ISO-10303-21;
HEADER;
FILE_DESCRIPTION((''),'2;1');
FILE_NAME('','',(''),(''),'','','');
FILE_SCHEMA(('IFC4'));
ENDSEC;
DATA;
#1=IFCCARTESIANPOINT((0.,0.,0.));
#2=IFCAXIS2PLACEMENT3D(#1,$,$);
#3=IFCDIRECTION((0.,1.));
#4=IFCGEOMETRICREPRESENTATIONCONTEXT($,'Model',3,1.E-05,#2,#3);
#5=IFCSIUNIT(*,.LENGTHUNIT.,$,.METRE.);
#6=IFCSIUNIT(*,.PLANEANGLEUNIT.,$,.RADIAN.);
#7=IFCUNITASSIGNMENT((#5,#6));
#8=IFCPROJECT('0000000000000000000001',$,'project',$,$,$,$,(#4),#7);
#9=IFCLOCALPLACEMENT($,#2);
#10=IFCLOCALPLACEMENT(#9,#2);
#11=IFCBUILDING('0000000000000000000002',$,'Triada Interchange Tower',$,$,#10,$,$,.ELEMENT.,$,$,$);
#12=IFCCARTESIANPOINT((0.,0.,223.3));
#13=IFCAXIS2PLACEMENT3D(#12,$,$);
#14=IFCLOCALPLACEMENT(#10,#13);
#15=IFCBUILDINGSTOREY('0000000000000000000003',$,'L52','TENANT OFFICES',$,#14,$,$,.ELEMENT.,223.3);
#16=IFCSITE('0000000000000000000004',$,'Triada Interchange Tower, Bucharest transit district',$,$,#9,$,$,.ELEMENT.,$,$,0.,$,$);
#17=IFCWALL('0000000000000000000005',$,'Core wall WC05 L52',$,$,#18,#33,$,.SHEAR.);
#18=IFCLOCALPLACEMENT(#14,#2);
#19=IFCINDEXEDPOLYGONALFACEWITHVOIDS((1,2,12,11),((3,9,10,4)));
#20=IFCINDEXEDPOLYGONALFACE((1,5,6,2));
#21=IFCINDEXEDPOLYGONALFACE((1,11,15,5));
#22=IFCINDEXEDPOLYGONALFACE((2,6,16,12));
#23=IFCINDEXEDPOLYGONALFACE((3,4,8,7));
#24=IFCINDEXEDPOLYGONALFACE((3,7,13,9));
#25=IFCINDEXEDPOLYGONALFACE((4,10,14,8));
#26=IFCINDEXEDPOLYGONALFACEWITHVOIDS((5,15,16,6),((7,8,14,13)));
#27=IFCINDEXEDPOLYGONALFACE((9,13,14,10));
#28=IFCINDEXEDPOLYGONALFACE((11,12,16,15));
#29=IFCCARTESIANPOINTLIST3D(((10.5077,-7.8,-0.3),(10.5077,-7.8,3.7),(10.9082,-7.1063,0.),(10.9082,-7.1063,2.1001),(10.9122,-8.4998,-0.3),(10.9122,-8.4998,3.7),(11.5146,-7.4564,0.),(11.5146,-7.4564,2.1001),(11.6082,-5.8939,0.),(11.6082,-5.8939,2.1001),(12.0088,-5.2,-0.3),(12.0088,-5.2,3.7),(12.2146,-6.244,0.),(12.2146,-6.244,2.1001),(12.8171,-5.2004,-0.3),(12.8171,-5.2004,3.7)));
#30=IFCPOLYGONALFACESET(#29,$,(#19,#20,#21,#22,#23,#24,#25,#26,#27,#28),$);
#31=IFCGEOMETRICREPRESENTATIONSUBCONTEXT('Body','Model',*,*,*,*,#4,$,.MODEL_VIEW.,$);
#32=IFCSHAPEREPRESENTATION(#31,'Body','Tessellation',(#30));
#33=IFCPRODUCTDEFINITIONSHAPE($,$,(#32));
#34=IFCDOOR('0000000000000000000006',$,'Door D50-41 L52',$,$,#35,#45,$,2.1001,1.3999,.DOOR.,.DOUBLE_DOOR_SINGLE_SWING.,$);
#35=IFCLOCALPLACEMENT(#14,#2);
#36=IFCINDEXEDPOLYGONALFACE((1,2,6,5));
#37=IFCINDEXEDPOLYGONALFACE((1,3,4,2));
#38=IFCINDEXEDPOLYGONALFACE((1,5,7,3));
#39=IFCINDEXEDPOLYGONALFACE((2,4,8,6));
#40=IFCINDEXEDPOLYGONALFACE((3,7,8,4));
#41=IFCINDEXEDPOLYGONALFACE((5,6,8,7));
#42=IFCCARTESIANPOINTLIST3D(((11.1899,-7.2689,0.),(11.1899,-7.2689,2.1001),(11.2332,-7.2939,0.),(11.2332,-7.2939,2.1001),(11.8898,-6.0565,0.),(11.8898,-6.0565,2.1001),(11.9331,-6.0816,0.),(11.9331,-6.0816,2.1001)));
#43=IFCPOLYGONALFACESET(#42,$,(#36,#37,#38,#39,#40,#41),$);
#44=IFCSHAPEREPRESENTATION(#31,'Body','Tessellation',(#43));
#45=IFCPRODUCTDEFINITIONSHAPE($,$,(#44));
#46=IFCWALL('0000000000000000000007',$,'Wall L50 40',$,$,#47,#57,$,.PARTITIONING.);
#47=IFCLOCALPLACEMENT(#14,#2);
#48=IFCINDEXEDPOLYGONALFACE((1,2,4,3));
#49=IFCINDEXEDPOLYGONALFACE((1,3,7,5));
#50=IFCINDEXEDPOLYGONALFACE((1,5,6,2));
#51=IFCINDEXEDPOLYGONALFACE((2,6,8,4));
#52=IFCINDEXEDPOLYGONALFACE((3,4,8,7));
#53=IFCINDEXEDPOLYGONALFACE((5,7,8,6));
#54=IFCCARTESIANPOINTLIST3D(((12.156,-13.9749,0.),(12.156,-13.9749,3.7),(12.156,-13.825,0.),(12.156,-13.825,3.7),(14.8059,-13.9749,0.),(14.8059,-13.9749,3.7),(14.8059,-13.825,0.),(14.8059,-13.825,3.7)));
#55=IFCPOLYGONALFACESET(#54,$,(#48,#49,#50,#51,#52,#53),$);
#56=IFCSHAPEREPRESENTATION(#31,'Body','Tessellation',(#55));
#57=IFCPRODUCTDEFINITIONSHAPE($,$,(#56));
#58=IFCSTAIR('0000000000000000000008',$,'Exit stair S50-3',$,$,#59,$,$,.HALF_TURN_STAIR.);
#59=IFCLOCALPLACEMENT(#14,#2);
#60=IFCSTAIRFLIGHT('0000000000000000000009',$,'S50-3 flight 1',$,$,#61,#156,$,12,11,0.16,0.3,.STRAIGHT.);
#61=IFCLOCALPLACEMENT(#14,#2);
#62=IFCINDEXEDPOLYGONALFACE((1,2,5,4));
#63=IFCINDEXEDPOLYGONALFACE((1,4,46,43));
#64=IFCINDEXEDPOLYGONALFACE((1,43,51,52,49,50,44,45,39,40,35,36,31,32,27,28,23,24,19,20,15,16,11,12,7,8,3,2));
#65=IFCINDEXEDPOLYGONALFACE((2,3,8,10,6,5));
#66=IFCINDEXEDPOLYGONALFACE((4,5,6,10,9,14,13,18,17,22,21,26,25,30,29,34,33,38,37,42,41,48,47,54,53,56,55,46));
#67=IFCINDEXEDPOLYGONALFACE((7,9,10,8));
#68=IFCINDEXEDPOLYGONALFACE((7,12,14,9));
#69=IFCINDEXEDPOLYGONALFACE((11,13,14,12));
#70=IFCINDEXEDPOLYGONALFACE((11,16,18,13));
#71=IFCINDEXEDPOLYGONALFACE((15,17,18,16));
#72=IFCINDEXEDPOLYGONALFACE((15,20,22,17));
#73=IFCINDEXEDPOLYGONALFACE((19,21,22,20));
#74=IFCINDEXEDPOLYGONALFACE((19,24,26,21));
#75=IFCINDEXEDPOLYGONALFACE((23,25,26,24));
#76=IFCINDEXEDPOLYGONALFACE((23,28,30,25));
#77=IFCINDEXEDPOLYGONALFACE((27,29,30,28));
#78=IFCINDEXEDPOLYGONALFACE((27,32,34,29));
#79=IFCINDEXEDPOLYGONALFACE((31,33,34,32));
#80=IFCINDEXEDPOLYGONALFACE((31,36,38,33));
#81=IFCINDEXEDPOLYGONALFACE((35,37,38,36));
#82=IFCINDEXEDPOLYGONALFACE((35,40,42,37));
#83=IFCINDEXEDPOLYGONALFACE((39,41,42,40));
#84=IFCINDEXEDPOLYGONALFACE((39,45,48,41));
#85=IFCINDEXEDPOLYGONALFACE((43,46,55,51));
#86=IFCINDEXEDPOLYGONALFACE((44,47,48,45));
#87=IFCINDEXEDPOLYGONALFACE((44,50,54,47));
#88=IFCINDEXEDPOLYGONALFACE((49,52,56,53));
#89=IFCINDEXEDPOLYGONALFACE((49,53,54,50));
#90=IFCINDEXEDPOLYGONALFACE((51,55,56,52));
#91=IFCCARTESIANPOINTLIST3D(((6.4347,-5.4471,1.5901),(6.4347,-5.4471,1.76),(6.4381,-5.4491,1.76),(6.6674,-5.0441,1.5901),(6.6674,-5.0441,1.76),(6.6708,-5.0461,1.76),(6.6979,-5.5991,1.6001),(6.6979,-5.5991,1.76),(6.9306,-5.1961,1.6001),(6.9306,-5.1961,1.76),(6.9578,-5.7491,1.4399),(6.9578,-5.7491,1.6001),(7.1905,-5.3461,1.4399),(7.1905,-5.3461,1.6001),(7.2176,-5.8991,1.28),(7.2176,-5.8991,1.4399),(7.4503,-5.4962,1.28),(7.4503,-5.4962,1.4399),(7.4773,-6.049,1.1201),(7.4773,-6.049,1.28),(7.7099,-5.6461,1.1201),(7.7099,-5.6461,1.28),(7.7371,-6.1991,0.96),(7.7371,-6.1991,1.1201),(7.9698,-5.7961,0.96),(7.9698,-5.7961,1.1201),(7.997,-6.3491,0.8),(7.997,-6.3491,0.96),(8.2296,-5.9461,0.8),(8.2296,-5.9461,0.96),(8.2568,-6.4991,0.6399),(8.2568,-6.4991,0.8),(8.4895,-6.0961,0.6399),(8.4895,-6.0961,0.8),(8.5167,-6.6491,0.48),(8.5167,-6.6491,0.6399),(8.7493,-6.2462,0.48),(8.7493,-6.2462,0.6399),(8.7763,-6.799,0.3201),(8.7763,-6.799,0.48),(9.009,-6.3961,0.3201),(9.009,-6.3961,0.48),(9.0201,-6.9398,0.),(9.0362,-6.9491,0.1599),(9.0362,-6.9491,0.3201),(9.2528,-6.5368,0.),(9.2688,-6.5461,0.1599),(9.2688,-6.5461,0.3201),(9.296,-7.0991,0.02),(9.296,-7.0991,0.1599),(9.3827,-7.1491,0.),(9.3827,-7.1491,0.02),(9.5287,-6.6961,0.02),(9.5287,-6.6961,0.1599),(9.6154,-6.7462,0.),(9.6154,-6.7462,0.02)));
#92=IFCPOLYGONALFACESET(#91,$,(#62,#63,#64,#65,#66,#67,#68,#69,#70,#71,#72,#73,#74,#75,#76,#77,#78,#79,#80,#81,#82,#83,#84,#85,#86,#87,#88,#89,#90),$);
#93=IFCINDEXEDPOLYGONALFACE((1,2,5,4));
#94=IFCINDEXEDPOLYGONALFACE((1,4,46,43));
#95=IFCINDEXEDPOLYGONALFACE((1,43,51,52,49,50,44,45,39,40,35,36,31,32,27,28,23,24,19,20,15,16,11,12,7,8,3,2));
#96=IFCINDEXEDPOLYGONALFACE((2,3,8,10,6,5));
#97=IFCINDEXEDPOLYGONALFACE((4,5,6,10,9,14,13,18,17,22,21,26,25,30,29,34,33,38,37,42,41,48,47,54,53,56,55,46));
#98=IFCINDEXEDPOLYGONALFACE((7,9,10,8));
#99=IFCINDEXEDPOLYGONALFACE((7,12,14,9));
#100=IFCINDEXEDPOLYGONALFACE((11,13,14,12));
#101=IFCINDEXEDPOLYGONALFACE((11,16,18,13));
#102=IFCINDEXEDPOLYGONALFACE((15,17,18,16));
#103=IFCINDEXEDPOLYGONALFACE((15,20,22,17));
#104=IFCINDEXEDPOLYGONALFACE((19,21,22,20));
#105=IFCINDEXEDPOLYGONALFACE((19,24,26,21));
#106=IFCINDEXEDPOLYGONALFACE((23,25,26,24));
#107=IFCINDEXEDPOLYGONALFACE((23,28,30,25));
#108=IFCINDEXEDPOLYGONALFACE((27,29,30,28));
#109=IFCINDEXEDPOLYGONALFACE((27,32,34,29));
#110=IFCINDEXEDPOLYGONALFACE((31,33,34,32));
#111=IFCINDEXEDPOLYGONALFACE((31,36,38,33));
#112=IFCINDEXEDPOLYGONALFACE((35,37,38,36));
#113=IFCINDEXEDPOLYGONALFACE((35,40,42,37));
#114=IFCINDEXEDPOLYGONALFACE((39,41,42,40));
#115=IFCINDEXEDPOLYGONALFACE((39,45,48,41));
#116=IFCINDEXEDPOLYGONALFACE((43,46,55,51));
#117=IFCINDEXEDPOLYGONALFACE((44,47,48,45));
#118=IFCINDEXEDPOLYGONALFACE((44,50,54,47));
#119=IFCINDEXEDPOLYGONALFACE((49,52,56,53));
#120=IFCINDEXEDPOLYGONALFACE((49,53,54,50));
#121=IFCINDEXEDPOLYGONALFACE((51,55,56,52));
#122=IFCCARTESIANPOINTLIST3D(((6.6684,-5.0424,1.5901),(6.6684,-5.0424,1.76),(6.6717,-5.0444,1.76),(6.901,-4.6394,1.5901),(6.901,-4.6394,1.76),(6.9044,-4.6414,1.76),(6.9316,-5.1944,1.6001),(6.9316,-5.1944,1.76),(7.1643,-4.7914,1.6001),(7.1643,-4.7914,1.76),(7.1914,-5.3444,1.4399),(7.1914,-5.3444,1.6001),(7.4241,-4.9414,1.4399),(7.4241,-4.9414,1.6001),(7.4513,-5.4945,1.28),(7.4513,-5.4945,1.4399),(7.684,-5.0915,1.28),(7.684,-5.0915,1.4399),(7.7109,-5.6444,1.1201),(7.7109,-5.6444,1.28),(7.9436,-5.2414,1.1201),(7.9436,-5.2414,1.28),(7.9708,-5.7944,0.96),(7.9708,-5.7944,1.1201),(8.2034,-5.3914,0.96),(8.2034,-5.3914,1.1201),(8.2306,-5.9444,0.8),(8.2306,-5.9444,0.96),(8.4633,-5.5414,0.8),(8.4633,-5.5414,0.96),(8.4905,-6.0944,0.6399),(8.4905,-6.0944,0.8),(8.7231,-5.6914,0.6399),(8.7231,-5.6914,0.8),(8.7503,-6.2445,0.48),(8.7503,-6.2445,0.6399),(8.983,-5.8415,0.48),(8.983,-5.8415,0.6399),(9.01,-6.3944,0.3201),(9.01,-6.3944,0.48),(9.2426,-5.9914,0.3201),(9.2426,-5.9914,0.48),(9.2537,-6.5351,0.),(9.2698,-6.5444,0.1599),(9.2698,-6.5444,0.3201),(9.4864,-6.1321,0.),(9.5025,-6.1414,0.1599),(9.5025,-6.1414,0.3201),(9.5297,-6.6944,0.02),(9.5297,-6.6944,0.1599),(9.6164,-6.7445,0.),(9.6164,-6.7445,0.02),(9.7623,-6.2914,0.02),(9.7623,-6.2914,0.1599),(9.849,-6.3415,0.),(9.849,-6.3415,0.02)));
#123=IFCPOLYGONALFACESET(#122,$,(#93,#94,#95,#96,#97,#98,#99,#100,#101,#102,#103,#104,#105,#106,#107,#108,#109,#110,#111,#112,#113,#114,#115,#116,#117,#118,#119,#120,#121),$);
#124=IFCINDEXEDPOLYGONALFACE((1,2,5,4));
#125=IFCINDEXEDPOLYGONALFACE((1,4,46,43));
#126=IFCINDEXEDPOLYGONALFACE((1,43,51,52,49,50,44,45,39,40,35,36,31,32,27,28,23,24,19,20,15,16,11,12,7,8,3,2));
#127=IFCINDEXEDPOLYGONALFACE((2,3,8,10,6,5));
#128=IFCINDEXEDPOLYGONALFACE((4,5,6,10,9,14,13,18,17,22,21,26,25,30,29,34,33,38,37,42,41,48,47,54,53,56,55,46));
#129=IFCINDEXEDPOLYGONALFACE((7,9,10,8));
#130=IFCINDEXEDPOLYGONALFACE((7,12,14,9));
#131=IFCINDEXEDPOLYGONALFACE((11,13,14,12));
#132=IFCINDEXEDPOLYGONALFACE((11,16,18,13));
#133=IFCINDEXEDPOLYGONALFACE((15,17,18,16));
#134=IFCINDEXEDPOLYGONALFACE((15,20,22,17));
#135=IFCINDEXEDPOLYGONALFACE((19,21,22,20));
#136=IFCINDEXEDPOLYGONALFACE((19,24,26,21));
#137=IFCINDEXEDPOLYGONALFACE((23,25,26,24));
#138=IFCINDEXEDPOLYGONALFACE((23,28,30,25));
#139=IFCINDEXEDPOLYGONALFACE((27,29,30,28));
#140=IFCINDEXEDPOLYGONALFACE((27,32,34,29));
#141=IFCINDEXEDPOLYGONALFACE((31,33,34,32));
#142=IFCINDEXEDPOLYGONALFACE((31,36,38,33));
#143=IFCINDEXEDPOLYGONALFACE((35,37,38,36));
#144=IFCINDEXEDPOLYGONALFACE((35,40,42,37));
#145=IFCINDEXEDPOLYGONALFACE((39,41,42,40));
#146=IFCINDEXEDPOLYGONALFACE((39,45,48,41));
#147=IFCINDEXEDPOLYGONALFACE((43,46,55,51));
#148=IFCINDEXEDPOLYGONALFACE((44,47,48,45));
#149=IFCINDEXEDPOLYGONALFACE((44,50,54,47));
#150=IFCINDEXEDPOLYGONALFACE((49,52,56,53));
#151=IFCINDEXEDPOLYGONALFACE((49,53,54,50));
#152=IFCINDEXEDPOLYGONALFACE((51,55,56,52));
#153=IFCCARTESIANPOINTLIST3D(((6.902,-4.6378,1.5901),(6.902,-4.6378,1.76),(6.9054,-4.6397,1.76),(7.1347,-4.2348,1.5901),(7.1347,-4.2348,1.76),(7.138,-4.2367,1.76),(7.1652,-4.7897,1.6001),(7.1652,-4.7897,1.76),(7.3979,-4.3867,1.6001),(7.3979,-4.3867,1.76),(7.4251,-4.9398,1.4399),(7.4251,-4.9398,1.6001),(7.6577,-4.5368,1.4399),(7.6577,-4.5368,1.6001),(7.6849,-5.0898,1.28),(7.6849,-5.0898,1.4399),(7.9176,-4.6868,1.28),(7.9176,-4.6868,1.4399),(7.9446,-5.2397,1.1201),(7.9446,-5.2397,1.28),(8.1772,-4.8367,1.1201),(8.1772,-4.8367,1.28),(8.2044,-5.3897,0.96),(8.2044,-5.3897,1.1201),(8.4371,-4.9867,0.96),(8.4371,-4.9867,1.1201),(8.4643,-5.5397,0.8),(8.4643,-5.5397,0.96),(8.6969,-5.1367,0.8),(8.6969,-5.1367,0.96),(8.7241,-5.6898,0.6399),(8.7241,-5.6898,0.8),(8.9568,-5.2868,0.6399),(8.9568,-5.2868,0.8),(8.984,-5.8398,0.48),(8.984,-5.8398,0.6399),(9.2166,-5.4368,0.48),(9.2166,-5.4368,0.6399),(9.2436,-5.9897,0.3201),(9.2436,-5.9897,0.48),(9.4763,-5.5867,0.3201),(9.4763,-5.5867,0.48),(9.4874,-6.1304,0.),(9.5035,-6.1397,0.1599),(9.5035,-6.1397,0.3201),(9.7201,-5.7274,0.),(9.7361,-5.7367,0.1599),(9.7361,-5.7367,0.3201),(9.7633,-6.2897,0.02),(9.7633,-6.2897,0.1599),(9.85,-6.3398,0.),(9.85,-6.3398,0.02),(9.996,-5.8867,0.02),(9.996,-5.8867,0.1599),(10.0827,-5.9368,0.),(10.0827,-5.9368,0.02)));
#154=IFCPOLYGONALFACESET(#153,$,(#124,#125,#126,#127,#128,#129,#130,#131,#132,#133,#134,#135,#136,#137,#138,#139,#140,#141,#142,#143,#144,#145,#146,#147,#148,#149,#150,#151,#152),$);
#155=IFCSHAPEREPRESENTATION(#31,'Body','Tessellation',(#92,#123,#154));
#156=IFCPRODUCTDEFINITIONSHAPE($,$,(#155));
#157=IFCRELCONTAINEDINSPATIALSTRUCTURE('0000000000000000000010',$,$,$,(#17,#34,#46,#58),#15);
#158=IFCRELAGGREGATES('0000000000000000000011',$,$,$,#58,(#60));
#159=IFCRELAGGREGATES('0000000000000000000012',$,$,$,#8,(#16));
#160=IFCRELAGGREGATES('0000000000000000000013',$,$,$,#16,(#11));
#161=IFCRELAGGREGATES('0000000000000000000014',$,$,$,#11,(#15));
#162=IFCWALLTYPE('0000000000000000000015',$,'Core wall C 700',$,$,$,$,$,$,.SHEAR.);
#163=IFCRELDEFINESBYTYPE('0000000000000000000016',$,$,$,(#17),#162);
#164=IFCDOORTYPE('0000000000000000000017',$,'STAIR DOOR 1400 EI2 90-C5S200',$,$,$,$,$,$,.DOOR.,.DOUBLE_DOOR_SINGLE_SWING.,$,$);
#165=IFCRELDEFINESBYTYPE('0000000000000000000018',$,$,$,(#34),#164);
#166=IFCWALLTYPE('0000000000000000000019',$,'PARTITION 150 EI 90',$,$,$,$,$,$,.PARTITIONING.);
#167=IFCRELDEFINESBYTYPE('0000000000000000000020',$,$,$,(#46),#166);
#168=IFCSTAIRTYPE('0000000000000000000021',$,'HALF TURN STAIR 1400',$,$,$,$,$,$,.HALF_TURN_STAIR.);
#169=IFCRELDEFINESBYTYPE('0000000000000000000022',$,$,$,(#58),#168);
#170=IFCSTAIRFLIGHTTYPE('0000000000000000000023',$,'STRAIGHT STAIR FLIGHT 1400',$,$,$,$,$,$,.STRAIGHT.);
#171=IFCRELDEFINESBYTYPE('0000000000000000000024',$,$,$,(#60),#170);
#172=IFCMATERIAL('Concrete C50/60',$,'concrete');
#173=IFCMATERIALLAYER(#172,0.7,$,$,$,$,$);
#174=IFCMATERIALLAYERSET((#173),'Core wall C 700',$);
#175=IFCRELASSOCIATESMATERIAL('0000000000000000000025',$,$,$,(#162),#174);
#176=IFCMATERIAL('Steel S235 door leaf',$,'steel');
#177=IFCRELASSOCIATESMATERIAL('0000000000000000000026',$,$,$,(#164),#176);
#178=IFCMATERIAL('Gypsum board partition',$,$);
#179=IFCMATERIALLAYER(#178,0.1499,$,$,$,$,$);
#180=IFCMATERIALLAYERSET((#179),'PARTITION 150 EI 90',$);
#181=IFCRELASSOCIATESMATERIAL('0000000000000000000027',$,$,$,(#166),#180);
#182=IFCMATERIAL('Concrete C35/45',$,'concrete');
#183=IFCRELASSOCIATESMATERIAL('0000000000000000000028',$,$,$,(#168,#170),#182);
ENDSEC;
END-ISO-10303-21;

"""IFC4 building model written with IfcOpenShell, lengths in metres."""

from ifc_helpers import new_model, si_unit, direction, frame, frame_2d, origin, place, context, subcontext, project, spatial, polyline, rectangle, outline, extrude, material, layer, layer_set, type_object, element, fill, aggregate, save


model = new_model("IFC4")

# Units and contexts
model_context = context("Model", 3, precision=1e-05, world=origin(), true_north=direction((0.0, 1.0)))
body_context = subcontext(model_context, "Body", "Model", "MODEL_VIEW")
ifc_project = project(units=[si_unit("LENGTHUNIT", "METRE"), si_unit("PLANEANGLEUNIT", "RADIAN")], contexts=[model_context])

# Site, building, storey
site_placement = place(None, origin())
site = spatial("IfcSite", under=ifc_project, at=site_placement, Name="Triada Interchange Tower, Bucharest transit district", CompositionType="ELEMENT", RefElevation=0.0)
building_placement = place(site_placement, origin())
building = spatial("IfcBuilding", under=site, at=building_placement, Name="Triada Interchange Tower", CompositionType="ELEMENT")
storey_placement = place(building_placement, frame((0.0, 0.0, 223.3)))
storey = spatial("IfcBuildingStorey", under=building, at=storey_placement, Name="L52", Description="TENANT OFFICES", CompositionType="ELEMENT", Elevation=223.3)

# Shared definitions
ifc_material_1 = material(Name="Steel S235 door leaf", Category="steel")

# Wall, opening, door
ifc_material_2 = material(Name="Concrete C50/60", Category="concrete")
ifc_layer_1 = layer(ifc_material_2, 0.7)
ifc_layer_set_1 = layer_set([ifc_layer_1], Name="Core wall C 700")
wall_type_1 = type_object("IfcWallType", Name="Core wall C 700", PredefinedType="SHEAR", material=ifc_layer_set_1)
wall_1_placement = place(storey_placement, frame((10.71, -8.1499, -0.3), z_axis=(0.0, 0.0, 1.0), x_axis=(0.499993, 0.866029, 0.0)))
wall_1 = element("IfcWall", 1, at=wall_1_placement, inside=storey, type_object=wall_type_1, Name="Core wall WC05 L52", PredefinedType="SHEAR", context=body_context, shape_type="SweptSolid", body=[
    extrude(outline(polyline([(-0.2019, -0.3501), (1.7031, -0.3501), (3.6079, -0.3501), (3.2041, 0.3501), (1.7031, 0.3501), (0.2019, 0.3501), (-0.2019, -0.3501)])), origin(), (0.0, 0.0, 1.0), 4.0),
])
opening_1_placement = place(wall_1_placement, frame((1.0029, 0.0, 0.3)))
opening_1 = element("IfcOpeningElement", 2, at=opening_1_placement, cuts=wall_1, PredefinedType="OPENING", context=body_context, shape_type="SweptSolid", body=[
    extrude(rectangle(XDim=1.3999, YDim=2.1001, at=frame_2d((0.7, 1.05))), frame((0.0, 0.3601, 0.0), z_axis=(0.0, -1.0, 0.0), x_axis=(1.0, 0.0, 0.0)), (0.0, 0.0, 1.0), 0.7202),
])
door_type_1 = type_object("IfcDoorType", Name="STAIR DOOR 1400 EI2 90-C5S200", OperationType="DOUBLE_DOOR_SINGLE_SWING", PredefinedType="DOOR", material=ifc_material_1)
door_1_placement = place(opening_1_placement, origin())
door_1 = element("IfcDoor", 3, at=door_1_placement, inside=storey, type_object=door_type_1, Name="Door D50-41 L52", OperationType="DOUBLE_DOOR_SINGLE_SWING", OverallHeight=2.1001, OverallWidth=1.3999, PredefinedType="DOOR", context=body_context, shape_type="SweptSolid", body=[
    extrude(rectangle(XDim=1.3999, YDim=2.1001, at=frame_2d((0.7, 1.05))), frame((0.0, 0.0249, 0.0), z_axis=(0.0, -1.0, 0.0), x_axis=(1.0, 0.0, 0.0)), (0.0, 0.0, 1.0), 0.05),
])
fill(opening_1, door_1)

# Wall
ifc_material_3 = material(Name="Gypsum board partition")
ifc_layer_2 = layer(ifc_material_3, 0.1499)
ifc_layer_set_2 = layer_set([ifc_layer_2], Name="PARTITION 150 EI 90")
wall_type_2 = type_object("IfcWallType", Name="PARTITION 150 EI 90", PredefinedType="PARTITIONING", material=ifc_layer_set_2)
wall_2_placement = place(storey_placement, frame((12.156, -13.8999, 0.0), z_axis=(0.0, 0.0, 1.0), x_axis=(1.0, 0.0, 0.0)))
element("IfcWall", 4, at=wall_2_placement, inside=storey, type_object=wall_type_2, Name="Wall L50 40", PredefinedType="PARTITIONING", context=body_context, shape_type="SweptSolid", body=[
    extrude(rectangle(XDim=2.6499, YDim=0.1499, at=frame_2d((1.325, 0.0))), origin(), (0.0, 0.0, 1.0), 3.7),
])

# Stair, stair flight
ifc_material_4 = material(Name="Concrete C35/45", Category="concrete")
stair_type = type_object("IfcStairType", Name="HALF TURN STAIR 1400", PredefinedType="HALF_TURN_STAIR", material=ifc_material_4)
stair_placement = place(storey_placement, origin())
stair = element("IfcStair", 5, at=stair_placement, inside=storey, type_object=stair_type, Name="Exit stair S50-3", PredefinedType="HALF_TURN_STAIR")
stair_flight_type = type_object("IfcStairFlightType", Name="STRAIGHT STAIR FLIGHT 1400", PredefinedType="STRAIGHT", material=ifc_material_4)
stair_flight_1_placement = place(storey_placement, frame((9.646, -6.4929, 0.0), z_axis=(0.0, 0.0, 1.0), x_axis=(-0.866025, 0.5, 0.0)))
stair_flight_1 = element("IfcStairFlight", 6, at=stair_flight_1_placement, type_object=stair_flight_type, Name="S50-3 flight 1", NumberOfRisers=12, NumberOfTreads=11, PredefinedType="STRAIGHT", RiserHeight=0.16, TreadLength=0.3, context=body_context, shape_type="SweptSolid", body=[
    extrude(outline(polyline([(-0.1001, 0.0), (-0.1001, 0.02), (0.0, 0.02), (0.0, 0.1599), (0.3, 0.1599), (0.3, 0.3201), (0.6001, 0.3201), (0.6001, 0.48), (0.8999, 0.48), (0.8999, 0.6399), (1.2, 0.6399), (1.2, 0.8), (1.5, 0.8), (1.5, 0.96), (1.8, 0.96), (1.8, 1.1201), (2.1001, 1.1201), (2.1001, 1.28), (2.3999, 1.28), (2.3999, 1.4399), (2.7, 1.4399), (2.7, 1.6001), (3.0, 1.6001), (3.0, 1.76), (3.3, 1.76), (3.304, 1.76), (3.304, 1.9199), (3.304, 1.5901), (0.3186, 0.0), (-0.1001, 0.0)])), frame((0.0, 0.7, 0.0), z_axis=(0.0, -1.0, 0.0), x_axis=(1.0, 0.0, 0.0)), (0.0, 0.0, 1.0), 0.4653),
    extrude(outline(polyline([(-0.1001, 0.0), (-0.1001, 0.02), (0.0, 0.02), (0.0, 0.1599), (0.3, 0.1599), (0.3, 0.3201), (0.6001, 0.3201), (0.6001, 0.48), (0.8999, 0.48), (0.8999, 0.6399), (1.2, 0.6399), (1.2, 0.8), (1.5, 0.8), (1.5, 0.96), (1.8, 0.96), (1.8, 1.1201), (2.1001, 1.1201), (2.1001, 1.28), (2.3999, 1.28), (2.3999, 1.4399), (2.7, 1.4399), (2.7, 1.6001), (3.0, 1.6001), (3.0, 1.76), (3.3, 1.76), (3.304, 1.76), (3.304, 1.9199), (3.304, 1.5901), (0.3186, 0.0), (-0.1001, 0.0)])), frame((0.0, 0.2327, 0.0), z_axis=(0.0, -1.0, 0.0), x_axis=(1.0, 0.0, 0.0)), (0.0, 0.0, 1.0), 0.4653),
    extrude(outline(polyline([(-0.1001, 0.0), (-0.1001, 0.02), (0.0, 0.02), (0.0, 0.1599), (0.3, 0.1599), (0.3, 0.3201), (0.6001, 0.3201), (0.6001, 0.48), (0.8999, 0.48), (0.8999, 0.6399), (1.2, 0.6399), (1.2, 0.8), (1.5, 0.8), (1.5, 0.96), (1.8, 0.96), (1.8, 1.1201), (2.1001, 1.1201), (2.1001, 1.28), (2.3999, 1.28), (2.3999, 1.4399), (2.7, 1.4399), (2.7, 1.6001), (3.0, 1.6001), (3.0, 1.76), (3.3, 1.76), (3.304, 1.76), (3.304, 1.9199), (3.304, 1.5901), (0.3186, 0.0), (-0.1001, 0.0)])), frame((0.0, -0.2346, 0.0), z_axis=(0.0, -1.0, 0.0), x_axis=(1.0, 0.0, 0.0)), (0.0, 0.0, 1.0), 0.4653),
])
aggregate(stair, [stair_flight_1])

save(model, "model.ifc")
